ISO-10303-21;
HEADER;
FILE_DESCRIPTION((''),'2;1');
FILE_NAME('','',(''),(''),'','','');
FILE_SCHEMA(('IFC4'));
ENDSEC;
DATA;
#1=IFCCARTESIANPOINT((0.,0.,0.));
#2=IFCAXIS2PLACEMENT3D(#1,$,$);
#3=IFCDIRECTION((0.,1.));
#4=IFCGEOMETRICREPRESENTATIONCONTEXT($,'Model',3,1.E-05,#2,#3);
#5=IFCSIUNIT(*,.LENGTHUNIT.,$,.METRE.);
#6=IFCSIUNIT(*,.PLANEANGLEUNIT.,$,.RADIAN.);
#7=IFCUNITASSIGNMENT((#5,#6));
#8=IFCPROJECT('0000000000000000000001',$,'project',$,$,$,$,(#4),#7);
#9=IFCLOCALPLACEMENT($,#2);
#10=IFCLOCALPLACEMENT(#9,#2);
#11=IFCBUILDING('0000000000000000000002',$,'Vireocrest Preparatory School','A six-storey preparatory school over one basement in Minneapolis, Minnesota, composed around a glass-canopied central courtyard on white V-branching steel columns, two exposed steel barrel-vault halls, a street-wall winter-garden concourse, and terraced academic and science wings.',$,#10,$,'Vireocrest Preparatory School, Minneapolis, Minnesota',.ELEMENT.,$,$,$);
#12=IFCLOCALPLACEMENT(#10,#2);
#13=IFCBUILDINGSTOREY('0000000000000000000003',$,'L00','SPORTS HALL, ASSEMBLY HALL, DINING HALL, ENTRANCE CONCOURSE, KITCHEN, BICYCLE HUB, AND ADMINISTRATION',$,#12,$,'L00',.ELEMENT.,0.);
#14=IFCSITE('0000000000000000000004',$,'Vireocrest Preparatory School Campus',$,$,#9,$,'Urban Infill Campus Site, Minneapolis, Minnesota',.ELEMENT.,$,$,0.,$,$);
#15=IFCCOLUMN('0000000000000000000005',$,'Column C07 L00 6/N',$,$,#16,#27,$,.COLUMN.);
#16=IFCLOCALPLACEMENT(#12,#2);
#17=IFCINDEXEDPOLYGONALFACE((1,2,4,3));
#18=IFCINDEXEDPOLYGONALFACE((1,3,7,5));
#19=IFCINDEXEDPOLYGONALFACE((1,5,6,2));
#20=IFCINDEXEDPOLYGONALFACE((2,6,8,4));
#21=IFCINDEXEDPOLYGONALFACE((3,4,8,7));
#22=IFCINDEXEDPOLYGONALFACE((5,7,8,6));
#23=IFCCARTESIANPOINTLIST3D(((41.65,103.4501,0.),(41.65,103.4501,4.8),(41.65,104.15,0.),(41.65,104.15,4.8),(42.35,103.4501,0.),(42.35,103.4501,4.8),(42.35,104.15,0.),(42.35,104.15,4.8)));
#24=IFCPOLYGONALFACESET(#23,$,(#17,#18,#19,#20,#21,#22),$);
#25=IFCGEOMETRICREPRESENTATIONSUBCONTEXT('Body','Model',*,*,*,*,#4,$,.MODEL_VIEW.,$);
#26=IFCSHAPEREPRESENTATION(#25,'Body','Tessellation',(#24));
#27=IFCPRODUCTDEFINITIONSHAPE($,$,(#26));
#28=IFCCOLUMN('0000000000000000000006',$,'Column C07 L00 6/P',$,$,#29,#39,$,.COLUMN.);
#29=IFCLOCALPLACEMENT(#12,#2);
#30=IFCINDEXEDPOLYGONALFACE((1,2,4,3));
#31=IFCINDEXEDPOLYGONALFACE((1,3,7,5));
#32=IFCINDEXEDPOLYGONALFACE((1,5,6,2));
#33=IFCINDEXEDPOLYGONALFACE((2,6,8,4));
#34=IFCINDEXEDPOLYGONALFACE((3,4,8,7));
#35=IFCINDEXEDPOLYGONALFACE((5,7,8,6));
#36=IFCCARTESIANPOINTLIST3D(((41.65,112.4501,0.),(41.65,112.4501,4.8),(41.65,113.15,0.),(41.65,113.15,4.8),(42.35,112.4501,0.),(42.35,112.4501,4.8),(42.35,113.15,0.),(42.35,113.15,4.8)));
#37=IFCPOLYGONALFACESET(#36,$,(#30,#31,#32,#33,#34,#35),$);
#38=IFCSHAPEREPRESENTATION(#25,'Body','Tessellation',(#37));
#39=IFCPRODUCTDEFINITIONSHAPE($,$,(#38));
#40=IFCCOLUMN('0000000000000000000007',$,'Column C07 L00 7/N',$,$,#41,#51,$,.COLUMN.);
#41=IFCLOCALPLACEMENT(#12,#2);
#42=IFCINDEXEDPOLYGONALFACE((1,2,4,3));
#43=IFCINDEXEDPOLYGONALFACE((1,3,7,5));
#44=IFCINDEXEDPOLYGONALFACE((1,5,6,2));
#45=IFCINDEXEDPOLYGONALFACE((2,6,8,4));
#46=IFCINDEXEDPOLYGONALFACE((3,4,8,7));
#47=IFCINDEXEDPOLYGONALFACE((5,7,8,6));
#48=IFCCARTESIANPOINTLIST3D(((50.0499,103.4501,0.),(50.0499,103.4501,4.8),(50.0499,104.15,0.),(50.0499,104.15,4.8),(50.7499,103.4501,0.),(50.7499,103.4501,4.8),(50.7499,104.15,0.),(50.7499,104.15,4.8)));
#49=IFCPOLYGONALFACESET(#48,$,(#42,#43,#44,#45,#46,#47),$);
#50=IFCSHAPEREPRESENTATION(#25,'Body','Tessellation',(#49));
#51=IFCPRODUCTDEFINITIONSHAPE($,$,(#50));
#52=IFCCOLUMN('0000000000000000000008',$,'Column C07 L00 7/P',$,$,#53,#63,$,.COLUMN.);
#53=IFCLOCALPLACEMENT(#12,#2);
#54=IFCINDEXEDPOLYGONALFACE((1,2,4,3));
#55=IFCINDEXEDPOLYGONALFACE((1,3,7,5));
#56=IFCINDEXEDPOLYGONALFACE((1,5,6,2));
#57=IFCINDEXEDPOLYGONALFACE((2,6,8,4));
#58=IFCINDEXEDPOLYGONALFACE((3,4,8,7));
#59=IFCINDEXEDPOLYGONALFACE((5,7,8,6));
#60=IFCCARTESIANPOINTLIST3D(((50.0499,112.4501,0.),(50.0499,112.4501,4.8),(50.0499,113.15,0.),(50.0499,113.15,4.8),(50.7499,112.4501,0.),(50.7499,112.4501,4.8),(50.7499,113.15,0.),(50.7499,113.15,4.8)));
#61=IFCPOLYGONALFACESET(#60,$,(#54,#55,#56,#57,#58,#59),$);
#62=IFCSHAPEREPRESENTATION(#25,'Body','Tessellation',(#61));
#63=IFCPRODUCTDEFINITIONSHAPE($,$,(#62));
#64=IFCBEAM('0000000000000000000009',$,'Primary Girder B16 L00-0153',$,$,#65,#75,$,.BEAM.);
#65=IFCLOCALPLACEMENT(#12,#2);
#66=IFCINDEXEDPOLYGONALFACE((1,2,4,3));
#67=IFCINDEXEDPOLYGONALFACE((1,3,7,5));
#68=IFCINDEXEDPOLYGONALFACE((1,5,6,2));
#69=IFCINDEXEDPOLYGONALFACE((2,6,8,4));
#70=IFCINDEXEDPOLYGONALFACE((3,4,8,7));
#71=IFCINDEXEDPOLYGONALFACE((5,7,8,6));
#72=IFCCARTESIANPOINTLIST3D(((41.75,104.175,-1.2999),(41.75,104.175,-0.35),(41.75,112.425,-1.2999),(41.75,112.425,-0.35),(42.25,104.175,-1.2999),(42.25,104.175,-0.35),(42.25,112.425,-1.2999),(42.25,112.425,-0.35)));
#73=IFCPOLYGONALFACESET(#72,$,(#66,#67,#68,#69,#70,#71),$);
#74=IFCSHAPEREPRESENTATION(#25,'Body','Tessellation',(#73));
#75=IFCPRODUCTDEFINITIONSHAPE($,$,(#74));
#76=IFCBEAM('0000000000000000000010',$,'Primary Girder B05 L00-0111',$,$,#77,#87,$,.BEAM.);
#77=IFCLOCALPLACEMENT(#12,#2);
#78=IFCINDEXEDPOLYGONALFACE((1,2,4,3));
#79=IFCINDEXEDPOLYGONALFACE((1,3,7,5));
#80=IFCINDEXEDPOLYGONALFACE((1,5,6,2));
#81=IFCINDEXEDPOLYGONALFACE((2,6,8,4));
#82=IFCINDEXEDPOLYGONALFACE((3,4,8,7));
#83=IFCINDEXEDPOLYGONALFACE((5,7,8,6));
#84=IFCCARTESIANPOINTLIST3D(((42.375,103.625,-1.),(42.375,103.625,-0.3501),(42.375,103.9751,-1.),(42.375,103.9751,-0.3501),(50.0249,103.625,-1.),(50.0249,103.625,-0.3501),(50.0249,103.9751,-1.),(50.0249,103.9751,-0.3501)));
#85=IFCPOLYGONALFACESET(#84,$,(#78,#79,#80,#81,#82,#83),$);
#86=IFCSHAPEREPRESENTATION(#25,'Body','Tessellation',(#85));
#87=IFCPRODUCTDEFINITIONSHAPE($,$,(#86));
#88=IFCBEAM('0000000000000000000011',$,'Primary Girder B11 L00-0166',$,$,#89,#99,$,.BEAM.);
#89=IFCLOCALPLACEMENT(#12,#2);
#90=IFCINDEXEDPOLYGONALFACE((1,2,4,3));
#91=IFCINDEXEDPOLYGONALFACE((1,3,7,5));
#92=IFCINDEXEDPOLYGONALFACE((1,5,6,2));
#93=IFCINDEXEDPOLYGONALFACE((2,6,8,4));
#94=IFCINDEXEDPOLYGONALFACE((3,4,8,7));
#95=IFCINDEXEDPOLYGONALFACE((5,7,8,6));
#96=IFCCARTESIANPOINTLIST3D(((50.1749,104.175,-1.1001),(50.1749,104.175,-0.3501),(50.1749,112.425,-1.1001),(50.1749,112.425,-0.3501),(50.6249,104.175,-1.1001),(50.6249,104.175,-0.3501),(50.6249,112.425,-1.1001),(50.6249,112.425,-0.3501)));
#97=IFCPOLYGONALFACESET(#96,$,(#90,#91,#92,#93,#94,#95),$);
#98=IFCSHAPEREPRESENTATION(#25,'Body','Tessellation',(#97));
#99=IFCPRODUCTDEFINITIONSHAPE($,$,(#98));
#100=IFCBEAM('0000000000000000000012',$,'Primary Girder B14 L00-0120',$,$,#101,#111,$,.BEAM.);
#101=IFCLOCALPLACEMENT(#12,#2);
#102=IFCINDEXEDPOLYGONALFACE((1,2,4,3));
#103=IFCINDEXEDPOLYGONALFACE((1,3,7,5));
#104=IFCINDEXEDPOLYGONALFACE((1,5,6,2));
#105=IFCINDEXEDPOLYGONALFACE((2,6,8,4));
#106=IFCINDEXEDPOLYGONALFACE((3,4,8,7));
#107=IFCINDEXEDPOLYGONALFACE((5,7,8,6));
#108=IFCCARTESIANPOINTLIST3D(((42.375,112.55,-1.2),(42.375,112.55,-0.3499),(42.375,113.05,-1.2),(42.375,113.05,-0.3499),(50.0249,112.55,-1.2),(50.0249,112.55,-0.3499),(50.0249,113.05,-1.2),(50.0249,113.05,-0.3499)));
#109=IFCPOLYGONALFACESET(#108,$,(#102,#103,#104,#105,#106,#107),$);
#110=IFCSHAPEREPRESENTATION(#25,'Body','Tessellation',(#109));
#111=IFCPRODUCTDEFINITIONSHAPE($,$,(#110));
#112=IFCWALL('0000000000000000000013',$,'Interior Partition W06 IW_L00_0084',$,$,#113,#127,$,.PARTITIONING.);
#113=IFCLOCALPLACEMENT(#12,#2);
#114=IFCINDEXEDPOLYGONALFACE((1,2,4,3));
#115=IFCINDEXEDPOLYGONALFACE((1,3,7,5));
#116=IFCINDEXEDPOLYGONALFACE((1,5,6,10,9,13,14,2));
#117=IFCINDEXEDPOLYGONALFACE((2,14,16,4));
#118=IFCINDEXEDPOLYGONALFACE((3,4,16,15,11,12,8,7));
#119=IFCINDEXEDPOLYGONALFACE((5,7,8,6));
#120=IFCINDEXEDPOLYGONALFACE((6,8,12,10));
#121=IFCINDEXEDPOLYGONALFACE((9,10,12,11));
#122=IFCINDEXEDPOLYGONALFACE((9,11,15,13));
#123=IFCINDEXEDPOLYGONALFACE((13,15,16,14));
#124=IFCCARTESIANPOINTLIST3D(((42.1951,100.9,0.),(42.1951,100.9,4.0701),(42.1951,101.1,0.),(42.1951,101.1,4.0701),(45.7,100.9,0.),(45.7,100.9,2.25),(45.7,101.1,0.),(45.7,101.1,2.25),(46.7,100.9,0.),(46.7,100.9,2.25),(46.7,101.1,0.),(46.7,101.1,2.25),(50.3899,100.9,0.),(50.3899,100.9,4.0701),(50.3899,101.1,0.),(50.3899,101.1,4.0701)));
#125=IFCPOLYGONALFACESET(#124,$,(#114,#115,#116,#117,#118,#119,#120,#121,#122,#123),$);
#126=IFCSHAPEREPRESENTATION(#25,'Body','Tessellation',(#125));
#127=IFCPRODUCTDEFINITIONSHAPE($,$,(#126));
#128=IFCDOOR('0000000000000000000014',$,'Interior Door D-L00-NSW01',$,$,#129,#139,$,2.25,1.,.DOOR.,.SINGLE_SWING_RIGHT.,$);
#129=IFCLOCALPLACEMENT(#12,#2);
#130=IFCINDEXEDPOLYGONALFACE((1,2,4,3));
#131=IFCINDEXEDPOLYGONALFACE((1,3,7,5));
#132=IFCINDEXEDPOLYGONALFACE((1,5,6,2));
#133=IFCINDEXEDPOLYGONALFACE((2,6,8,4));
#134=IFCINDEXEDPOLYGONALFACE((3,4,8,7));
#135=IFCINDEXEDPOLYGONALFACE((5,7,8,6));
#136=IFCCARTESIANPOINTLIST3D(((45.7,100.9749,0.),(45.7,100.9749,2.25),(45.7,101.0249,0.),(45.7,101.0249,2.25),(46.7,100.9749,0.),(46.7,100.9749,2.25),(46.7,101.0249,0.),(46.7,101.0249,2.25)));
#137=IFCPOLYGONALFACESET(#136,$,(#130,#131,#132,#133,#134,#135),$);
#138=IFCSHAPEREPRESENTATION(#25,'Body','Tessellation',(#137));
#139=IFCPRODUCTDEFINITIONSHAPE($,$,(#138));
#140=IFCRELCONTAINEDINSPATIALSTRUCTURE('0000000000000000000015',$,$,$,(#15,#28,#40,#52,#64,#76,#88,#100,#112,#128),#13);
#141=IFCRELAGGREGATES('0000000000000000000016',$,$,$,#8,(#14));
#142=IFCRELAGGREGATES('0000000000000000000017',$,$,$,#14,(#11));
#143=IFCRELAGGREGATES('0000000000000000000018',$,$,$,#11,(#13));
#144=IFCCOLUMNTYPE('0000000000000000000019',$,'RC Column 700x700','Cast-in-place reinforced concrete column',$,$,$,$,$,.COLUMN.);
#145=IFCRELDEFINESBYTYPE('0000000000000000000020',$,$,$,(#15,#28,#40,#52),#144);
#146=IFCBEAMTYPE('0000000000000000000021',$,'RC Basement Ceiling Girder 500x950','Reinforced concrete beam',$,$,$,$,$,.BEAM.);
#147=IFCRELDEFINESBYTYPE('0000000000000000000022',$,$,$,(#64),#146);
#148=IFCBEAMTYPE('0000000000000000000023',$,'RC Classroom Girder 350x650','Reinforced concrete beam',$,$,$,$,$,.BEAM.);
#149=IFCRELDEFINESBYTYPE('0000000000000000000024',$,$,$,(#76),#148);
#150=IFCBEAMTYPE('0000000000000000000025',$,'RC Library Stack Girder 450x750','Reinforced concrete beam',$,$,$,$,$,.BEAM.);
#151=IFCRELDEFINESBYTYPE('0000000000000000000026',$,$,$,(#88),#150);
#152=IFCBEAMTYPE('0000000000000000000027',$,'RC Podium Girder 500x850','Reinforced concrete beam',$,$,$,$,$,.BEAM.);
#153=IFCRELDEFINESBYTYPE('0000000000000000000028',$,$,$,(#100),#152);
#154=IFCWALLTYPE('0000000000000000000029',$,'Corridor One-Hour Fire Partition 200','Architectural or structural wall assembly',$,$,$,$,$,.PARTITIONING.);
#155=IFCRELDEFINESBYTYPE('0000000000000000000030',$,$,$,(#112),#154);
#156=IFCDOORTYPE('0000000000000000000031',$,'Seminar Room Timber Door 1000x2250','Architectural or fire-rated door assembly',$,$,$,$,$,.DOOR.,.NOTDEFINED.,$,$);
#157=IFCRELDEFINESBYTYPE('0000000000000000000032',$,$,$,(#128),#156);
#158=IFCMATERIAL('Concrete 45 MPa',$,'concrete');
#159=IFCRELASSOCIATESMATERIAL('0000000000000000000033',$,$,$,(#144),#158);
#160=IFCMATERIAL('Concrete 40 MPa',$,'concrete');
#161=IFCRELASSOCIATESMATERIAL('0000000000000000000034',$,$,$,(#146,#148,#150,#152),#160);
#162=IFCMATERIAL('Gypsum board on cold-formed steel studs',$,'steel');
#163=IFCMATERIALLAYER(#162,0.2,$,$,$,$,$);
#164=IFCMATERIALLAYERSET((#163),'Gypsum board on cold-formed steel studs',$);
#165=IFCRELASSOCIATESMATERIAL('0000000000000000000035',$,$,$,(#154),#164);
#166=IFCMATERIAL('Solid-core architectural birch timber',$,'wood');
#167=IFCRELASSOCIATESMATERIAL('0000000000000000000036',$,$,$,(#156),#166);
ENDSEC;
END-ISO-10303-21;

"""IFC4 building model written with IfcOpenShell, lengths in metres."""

from ifc_helpers import new_model, si_unit, direction, frame, frame_2d, origin, origin_2d, place, context, subcontext, project, spatial, rectangle, extrude, material, layer, layer_set, material_profile, profile_set, type_object, element, fill, save


model = new_model("IFC4")

# Units and contexts
model_context = context("Model", 3, precision=1e-05, world=origin(), true_north=direction((0.0, 1.0)))
body_context = subcontext(model_context, "Body", "Model", "MODEL_VIEW")
ifc_project = project(units=[si_unit("LENGTHUNIT", "METRE"), si_unit("PLANEANGLEUNIT", "RADIAN")], contexts=[model_context])

# Site, building, storey
site_placement = place(None, origin())
site = spatial("IfcSite", under=ifc_project, at=site_placement, Name="Vireocrest Preparatory School Campus", LongName="Urban Infill Campus Site, Minneapolis, Minnesota", CompositionType="ELEMENT", RefElevation=0.0)
building_placement = place(site_placement, origin())
building = spatial("IfcBuilding", under=site, at=building_placement, Name="Vireocrest Preparatory School", Description="A six-storey preparatory school over one basement in Minneapolis, Minnesota, composed around a glass-canopied central courtyard on white V-branching steel columns, two exposed steel barrel-vault halls, a street-wall winter-garden concourse, and terraced academic and science wings.", LongName="Vireocrest Preparatory School, Minneapolis, Minnesota", CompositionType="ELEMENT")
storey_placement = place(building_placement, origin())
storey = spatial("IfcBuildingStorey", under=building, at=storey_placement, Name="L00", Description="SPORTS HALL, ASSEMBLY HALL, DINING HALL, ENTRANCE CONCOURSE, KITCHEN, BICYCLE HUB, AND ADMINISTRATION", LongName="L00", CompositionType="ELEMENT", Elevation=0.0)

# Columns
ifc_material_1 = material(Name="Concrete 45 MPa", Category="concrete")
ifc_material_profile_1 = material_profile(ifc_material_1, rectangle(XDim=0.7, YDim=0.7, at=origin_2d()), Name="RC 700x700")
ifc_profile_set_1 = profile_set([ifc_material_profile_1], Name="Concrete 45 MPa")
column_type = type_object("IfcColumnType", Name="RC Column 700x700", Description="Cast-in-place reinforced concrete column", PredefinedType="COLUMN", material=ifc_profile_set_1)
for number, where, z_axis, x_axis, name in (
    (1, (42.0, 103.8, 0.0), (0.0, 0.0, 1.0), (1.0, 0.0, 0.0), "Column C07 L00 6/N"),
    (2, (42.0, 112.8, 0.0), (0.0, 0.0, 1.0), (1.0, 0.0, 0.0), "Column C07 L00 6/P"),
    (3, (50.3999, 103.8, 0.0), (0.0, 0.0, 1.0), (1.0, 0.0, 0.0), "Column C07 L00 7/N"),
    (4, (50.3999, 112.8, 0.0), (0.0, 0.0, 1.0), (1.0, 0.0, 0.0), "Column C07 L00 7/P"),
):
    element("IfcColumn", number, at=place(storey_placement, frame(where, z_axis=z_axis, x_axis=x_axis)), inside=storey, type_object=column_type, Name=name, PredefinedType="COLUMN", context=body_context, shape_type="SweptSolid", body=[
        extrude(rectangle(XDim=0.7, YDim=0.7, at=origin_2d()), origin(), (0.0, 0.0, 1.0), 4.8),
    ])

# Beams
ifc_material_2 = material(Name="Concrete 40 MPa", Category="concrete")
ifc_material_profile_2 = material_profile(ifc_material_2, rectangle(XDim=0.5, YDim=0.95, at=origin_2d()), Name="RC 500x950")
ifc_profile_set_2 = profile_set([ifc_material_profile_2], Name="Concrete 40 MPa")
beam_type_1 = type_object("IfcBeamType", Name="RC Basement Ceiling Girder 500x950", Description="Reinforced concrete beam", PredefinedType="BEAM", material=ifc_profile_set_2)
beam_1_placement = place(storey_placement, frame((42.0, 104.175, -0.825), z_axis=(0.0, 1.0, 0.0), x_axis=(-1.0, 0.0, 0.0)))
element("IfcBeam", 5, at=beam_1_placement, inside=storey, type_object=beam_type_1, Name="Primary Girder B16 L00-0153", PredefinedType="BEAM", context=body_context, shape_type="SweptSolid", body=[
    extrude(rectangle(XDim=0.5, YDim=0.95, at=origin_2d()), origin(), (0.0, 0.0, 1.0), 8.25),
])
ifc_material_profile_3 = material_profile(ifc_material_2, rectangle(XDim=0.3501, YDim=0.6499, at=origin_2d()), Name="RC 350x650")
ifc_profile_set_3 = profile_set([ifc_material_profile_3], Name="Concrete 40 MPa")
beam_type_2 = type_object("IfcBeamType", Name="RC Classroom Girder 350x650", Description="Reinforced concrete beam", PredefinedType="BEAM", material=ifc_profile_set_3)
beam_2_placement = place(storey_placement, frame((42.375, 103.8, -0.675), z_axis=(1.0, 0.0, 0.0), x_axis=(0.0, 1.0, 0.0)))
element("IfcBeam", 6, at=beam_2_placement, inside=storey, type_object=beam_type_2, Name="Primary Girder B05 L00-0111", PredefinedType="BEAM", context=body_context, shape_type="SweptSolid", body=[
    extrude(rectangle(XDim=0.3501, YDim=0.6499, at=origin_2d()), origin(), (0.0, 0.0, 1.0), 7.6499),
])
ifc_material_profile_4 = material_profile(ifc_material_2, rectangle(XDim=0.45, YDim=0.75, at=origin_2d()), Name="RC 450x750")
ifc_profile_set_4 = profile_set([ifc_material_profile_4], Name="Concrete 40 MPa")
beam_type_3 = type_object("IfcBeamType", Name="RC Library Stack Girder 450x750", Description="Reinforced concrete beam", PredefinedType="BEAM", material=ifc_profile_set_4)
beam_3_placement = place(storey_placement, frame((50.3999, 104.175, -0.7251), z_axis=(0.0, 1.0, 0.0), x_axis=(-1.0, 0.0, 0.0)))
element("IfcBeam", 7, at=beam_3_placement, inside=storey, type_object=beam_type_3, Name="Primary Girder B11 L00-0166", PredefinedType="BEAM", context=body_context, shape_type="SweptSolid", body=[
    extrude(rectangle(XDim=0.45, YDim=0.75, at=origin_2d()), origin(), (0.0, 0.0, 1.0), 8.25),
])
ifc_material_profile_5 = material_profile(ifc_material_2, rectangle(XDim=0.5, YDim=0.8501, at=origin_2d()), Name="RC 500x850")
ifc_profile_set_5 = profile_set([ifc_material_profile_5], Name="Concrete 40 MPa")
beam_type_4 = type_object("IfcBeamType", Name="RC Podium Girder 500x850", Description="Reinforced concrete beam", PredefinedType="BEAM", material=ifc_profile_set_5)
beam_4_placement = place(storey_placement, frame((42.375, 112.8, -0.7749), z_axis=(1.0, 0.0, 0.0), x_axis=(0.0, 1.0, 0.0)))
element("IfcBeam", 8, at=beam_4_placement, inside=storey, type_object=beam_type_4, Name="Primary Girder B14 L00-0120", PredefinedType="BEAM", context=body_context, shape_type="SweptSolid", body=[
    extrude(rectangle(XDim=0.5, YDim=0.8501, at=origin_2d()), origin(), (0.0, 0.0, 1.0), 7.6499),
])

# Wall, opening, door
ifc_material_3 = material(Name="Gypsum board on cold-formed steel studs", Category="steel")
ifc_layer_1 = layer(ifc_material_3, 0.2)
ifc_layer_set_1 = layer_set([ifc_layer_1], Name="Gypsum board on cold-formed steel studs")
wall_type_1 = type_object("IfcWallType", Name="Corridor One-Hour Fire Partition 200", Description="Architectural or structural wall assembly", PredefinedType="PARTITIONING", material=ifc_layer_set_1)
wall_1_placement = place(storey_placement, frame((42.1951, 101.0, 0.0), z_axis=(0.0, 0.0, 1.0), x_axis=(1.0, 0.0, 0.0)))
wall_1 = element("IfcWall", 9, at=wall_1_placement, inside=storey, type_object=wall_type_1, Name="Interior Partition W06 IW_L00_0084", PredefinedType="PARTITIONING", context=body_context, shape_type="SweptSolid", body=[
    extrude(rectangle(XDim=8.1948, YDim=0.2, at=frame_2d((4.0974, 0.0))), origin(), (0.0, 0.0, 1.0), 4.0701),
])
opening_1_placement = place(wall_1_placement, frame((3.5049, 0.0, 0.0)))
opening_1 = element("IfcOpeningElement", 10, at=opening_1_placement, cuts=wall_1, PredefinedType="OPENING", context=body_context, shape_type="SweptSolid", body=[
    extrude(rectangle(XDim=1.0, YDim=2.25, at=frame_2d((0.5, 1.125))), frame((0.0, 0.1099, 0.0), z_axis=(0.0, -1.0, 0.0), x_axis=(1.0, 0.0, 0.0)), (0.0, 0.0, 1.0), 0.22),
])
ifc_material_4 = material(Name="Solid-core architectural birch timber", Category="wood")
door_type_1 = type_object("IfcDoorType", Name="Seminar Room Timber Door 1000x2250", Description="Architectural or fire-rated door assembly", OperationType="NOTDEFINED", PredefinedType="DOOR", material=ifc_material_4)
door_1_placement = place(opening_1_placement, origin())
door_1 = element("IfcDoor", 11, at=door_1_placement, inside=storey, type_object=door_type_1, Name="Interior Door D-L00-NSW01", OperationType="SINGLE_SWING_RIGHT", OverallHeight=2.25, OverallWidth=1.0, PredefinedType="DOOR", context=body_context, shape_type="SweptSolid", body=[
    extrude(rectangle(XDim=1.0, YDim=2.25, at=frame_2d((0.5, 1.125))), frame((0.0, 0.0249, 0.0), z_axis=(0.0, -1.0, 0.0), x_axis=(1.0, 0.0, 0.0)), (0.0, 0.0, 1.0), 0.05),
])
fill(opening_1, door_1)

save(model, "model.ifc")
